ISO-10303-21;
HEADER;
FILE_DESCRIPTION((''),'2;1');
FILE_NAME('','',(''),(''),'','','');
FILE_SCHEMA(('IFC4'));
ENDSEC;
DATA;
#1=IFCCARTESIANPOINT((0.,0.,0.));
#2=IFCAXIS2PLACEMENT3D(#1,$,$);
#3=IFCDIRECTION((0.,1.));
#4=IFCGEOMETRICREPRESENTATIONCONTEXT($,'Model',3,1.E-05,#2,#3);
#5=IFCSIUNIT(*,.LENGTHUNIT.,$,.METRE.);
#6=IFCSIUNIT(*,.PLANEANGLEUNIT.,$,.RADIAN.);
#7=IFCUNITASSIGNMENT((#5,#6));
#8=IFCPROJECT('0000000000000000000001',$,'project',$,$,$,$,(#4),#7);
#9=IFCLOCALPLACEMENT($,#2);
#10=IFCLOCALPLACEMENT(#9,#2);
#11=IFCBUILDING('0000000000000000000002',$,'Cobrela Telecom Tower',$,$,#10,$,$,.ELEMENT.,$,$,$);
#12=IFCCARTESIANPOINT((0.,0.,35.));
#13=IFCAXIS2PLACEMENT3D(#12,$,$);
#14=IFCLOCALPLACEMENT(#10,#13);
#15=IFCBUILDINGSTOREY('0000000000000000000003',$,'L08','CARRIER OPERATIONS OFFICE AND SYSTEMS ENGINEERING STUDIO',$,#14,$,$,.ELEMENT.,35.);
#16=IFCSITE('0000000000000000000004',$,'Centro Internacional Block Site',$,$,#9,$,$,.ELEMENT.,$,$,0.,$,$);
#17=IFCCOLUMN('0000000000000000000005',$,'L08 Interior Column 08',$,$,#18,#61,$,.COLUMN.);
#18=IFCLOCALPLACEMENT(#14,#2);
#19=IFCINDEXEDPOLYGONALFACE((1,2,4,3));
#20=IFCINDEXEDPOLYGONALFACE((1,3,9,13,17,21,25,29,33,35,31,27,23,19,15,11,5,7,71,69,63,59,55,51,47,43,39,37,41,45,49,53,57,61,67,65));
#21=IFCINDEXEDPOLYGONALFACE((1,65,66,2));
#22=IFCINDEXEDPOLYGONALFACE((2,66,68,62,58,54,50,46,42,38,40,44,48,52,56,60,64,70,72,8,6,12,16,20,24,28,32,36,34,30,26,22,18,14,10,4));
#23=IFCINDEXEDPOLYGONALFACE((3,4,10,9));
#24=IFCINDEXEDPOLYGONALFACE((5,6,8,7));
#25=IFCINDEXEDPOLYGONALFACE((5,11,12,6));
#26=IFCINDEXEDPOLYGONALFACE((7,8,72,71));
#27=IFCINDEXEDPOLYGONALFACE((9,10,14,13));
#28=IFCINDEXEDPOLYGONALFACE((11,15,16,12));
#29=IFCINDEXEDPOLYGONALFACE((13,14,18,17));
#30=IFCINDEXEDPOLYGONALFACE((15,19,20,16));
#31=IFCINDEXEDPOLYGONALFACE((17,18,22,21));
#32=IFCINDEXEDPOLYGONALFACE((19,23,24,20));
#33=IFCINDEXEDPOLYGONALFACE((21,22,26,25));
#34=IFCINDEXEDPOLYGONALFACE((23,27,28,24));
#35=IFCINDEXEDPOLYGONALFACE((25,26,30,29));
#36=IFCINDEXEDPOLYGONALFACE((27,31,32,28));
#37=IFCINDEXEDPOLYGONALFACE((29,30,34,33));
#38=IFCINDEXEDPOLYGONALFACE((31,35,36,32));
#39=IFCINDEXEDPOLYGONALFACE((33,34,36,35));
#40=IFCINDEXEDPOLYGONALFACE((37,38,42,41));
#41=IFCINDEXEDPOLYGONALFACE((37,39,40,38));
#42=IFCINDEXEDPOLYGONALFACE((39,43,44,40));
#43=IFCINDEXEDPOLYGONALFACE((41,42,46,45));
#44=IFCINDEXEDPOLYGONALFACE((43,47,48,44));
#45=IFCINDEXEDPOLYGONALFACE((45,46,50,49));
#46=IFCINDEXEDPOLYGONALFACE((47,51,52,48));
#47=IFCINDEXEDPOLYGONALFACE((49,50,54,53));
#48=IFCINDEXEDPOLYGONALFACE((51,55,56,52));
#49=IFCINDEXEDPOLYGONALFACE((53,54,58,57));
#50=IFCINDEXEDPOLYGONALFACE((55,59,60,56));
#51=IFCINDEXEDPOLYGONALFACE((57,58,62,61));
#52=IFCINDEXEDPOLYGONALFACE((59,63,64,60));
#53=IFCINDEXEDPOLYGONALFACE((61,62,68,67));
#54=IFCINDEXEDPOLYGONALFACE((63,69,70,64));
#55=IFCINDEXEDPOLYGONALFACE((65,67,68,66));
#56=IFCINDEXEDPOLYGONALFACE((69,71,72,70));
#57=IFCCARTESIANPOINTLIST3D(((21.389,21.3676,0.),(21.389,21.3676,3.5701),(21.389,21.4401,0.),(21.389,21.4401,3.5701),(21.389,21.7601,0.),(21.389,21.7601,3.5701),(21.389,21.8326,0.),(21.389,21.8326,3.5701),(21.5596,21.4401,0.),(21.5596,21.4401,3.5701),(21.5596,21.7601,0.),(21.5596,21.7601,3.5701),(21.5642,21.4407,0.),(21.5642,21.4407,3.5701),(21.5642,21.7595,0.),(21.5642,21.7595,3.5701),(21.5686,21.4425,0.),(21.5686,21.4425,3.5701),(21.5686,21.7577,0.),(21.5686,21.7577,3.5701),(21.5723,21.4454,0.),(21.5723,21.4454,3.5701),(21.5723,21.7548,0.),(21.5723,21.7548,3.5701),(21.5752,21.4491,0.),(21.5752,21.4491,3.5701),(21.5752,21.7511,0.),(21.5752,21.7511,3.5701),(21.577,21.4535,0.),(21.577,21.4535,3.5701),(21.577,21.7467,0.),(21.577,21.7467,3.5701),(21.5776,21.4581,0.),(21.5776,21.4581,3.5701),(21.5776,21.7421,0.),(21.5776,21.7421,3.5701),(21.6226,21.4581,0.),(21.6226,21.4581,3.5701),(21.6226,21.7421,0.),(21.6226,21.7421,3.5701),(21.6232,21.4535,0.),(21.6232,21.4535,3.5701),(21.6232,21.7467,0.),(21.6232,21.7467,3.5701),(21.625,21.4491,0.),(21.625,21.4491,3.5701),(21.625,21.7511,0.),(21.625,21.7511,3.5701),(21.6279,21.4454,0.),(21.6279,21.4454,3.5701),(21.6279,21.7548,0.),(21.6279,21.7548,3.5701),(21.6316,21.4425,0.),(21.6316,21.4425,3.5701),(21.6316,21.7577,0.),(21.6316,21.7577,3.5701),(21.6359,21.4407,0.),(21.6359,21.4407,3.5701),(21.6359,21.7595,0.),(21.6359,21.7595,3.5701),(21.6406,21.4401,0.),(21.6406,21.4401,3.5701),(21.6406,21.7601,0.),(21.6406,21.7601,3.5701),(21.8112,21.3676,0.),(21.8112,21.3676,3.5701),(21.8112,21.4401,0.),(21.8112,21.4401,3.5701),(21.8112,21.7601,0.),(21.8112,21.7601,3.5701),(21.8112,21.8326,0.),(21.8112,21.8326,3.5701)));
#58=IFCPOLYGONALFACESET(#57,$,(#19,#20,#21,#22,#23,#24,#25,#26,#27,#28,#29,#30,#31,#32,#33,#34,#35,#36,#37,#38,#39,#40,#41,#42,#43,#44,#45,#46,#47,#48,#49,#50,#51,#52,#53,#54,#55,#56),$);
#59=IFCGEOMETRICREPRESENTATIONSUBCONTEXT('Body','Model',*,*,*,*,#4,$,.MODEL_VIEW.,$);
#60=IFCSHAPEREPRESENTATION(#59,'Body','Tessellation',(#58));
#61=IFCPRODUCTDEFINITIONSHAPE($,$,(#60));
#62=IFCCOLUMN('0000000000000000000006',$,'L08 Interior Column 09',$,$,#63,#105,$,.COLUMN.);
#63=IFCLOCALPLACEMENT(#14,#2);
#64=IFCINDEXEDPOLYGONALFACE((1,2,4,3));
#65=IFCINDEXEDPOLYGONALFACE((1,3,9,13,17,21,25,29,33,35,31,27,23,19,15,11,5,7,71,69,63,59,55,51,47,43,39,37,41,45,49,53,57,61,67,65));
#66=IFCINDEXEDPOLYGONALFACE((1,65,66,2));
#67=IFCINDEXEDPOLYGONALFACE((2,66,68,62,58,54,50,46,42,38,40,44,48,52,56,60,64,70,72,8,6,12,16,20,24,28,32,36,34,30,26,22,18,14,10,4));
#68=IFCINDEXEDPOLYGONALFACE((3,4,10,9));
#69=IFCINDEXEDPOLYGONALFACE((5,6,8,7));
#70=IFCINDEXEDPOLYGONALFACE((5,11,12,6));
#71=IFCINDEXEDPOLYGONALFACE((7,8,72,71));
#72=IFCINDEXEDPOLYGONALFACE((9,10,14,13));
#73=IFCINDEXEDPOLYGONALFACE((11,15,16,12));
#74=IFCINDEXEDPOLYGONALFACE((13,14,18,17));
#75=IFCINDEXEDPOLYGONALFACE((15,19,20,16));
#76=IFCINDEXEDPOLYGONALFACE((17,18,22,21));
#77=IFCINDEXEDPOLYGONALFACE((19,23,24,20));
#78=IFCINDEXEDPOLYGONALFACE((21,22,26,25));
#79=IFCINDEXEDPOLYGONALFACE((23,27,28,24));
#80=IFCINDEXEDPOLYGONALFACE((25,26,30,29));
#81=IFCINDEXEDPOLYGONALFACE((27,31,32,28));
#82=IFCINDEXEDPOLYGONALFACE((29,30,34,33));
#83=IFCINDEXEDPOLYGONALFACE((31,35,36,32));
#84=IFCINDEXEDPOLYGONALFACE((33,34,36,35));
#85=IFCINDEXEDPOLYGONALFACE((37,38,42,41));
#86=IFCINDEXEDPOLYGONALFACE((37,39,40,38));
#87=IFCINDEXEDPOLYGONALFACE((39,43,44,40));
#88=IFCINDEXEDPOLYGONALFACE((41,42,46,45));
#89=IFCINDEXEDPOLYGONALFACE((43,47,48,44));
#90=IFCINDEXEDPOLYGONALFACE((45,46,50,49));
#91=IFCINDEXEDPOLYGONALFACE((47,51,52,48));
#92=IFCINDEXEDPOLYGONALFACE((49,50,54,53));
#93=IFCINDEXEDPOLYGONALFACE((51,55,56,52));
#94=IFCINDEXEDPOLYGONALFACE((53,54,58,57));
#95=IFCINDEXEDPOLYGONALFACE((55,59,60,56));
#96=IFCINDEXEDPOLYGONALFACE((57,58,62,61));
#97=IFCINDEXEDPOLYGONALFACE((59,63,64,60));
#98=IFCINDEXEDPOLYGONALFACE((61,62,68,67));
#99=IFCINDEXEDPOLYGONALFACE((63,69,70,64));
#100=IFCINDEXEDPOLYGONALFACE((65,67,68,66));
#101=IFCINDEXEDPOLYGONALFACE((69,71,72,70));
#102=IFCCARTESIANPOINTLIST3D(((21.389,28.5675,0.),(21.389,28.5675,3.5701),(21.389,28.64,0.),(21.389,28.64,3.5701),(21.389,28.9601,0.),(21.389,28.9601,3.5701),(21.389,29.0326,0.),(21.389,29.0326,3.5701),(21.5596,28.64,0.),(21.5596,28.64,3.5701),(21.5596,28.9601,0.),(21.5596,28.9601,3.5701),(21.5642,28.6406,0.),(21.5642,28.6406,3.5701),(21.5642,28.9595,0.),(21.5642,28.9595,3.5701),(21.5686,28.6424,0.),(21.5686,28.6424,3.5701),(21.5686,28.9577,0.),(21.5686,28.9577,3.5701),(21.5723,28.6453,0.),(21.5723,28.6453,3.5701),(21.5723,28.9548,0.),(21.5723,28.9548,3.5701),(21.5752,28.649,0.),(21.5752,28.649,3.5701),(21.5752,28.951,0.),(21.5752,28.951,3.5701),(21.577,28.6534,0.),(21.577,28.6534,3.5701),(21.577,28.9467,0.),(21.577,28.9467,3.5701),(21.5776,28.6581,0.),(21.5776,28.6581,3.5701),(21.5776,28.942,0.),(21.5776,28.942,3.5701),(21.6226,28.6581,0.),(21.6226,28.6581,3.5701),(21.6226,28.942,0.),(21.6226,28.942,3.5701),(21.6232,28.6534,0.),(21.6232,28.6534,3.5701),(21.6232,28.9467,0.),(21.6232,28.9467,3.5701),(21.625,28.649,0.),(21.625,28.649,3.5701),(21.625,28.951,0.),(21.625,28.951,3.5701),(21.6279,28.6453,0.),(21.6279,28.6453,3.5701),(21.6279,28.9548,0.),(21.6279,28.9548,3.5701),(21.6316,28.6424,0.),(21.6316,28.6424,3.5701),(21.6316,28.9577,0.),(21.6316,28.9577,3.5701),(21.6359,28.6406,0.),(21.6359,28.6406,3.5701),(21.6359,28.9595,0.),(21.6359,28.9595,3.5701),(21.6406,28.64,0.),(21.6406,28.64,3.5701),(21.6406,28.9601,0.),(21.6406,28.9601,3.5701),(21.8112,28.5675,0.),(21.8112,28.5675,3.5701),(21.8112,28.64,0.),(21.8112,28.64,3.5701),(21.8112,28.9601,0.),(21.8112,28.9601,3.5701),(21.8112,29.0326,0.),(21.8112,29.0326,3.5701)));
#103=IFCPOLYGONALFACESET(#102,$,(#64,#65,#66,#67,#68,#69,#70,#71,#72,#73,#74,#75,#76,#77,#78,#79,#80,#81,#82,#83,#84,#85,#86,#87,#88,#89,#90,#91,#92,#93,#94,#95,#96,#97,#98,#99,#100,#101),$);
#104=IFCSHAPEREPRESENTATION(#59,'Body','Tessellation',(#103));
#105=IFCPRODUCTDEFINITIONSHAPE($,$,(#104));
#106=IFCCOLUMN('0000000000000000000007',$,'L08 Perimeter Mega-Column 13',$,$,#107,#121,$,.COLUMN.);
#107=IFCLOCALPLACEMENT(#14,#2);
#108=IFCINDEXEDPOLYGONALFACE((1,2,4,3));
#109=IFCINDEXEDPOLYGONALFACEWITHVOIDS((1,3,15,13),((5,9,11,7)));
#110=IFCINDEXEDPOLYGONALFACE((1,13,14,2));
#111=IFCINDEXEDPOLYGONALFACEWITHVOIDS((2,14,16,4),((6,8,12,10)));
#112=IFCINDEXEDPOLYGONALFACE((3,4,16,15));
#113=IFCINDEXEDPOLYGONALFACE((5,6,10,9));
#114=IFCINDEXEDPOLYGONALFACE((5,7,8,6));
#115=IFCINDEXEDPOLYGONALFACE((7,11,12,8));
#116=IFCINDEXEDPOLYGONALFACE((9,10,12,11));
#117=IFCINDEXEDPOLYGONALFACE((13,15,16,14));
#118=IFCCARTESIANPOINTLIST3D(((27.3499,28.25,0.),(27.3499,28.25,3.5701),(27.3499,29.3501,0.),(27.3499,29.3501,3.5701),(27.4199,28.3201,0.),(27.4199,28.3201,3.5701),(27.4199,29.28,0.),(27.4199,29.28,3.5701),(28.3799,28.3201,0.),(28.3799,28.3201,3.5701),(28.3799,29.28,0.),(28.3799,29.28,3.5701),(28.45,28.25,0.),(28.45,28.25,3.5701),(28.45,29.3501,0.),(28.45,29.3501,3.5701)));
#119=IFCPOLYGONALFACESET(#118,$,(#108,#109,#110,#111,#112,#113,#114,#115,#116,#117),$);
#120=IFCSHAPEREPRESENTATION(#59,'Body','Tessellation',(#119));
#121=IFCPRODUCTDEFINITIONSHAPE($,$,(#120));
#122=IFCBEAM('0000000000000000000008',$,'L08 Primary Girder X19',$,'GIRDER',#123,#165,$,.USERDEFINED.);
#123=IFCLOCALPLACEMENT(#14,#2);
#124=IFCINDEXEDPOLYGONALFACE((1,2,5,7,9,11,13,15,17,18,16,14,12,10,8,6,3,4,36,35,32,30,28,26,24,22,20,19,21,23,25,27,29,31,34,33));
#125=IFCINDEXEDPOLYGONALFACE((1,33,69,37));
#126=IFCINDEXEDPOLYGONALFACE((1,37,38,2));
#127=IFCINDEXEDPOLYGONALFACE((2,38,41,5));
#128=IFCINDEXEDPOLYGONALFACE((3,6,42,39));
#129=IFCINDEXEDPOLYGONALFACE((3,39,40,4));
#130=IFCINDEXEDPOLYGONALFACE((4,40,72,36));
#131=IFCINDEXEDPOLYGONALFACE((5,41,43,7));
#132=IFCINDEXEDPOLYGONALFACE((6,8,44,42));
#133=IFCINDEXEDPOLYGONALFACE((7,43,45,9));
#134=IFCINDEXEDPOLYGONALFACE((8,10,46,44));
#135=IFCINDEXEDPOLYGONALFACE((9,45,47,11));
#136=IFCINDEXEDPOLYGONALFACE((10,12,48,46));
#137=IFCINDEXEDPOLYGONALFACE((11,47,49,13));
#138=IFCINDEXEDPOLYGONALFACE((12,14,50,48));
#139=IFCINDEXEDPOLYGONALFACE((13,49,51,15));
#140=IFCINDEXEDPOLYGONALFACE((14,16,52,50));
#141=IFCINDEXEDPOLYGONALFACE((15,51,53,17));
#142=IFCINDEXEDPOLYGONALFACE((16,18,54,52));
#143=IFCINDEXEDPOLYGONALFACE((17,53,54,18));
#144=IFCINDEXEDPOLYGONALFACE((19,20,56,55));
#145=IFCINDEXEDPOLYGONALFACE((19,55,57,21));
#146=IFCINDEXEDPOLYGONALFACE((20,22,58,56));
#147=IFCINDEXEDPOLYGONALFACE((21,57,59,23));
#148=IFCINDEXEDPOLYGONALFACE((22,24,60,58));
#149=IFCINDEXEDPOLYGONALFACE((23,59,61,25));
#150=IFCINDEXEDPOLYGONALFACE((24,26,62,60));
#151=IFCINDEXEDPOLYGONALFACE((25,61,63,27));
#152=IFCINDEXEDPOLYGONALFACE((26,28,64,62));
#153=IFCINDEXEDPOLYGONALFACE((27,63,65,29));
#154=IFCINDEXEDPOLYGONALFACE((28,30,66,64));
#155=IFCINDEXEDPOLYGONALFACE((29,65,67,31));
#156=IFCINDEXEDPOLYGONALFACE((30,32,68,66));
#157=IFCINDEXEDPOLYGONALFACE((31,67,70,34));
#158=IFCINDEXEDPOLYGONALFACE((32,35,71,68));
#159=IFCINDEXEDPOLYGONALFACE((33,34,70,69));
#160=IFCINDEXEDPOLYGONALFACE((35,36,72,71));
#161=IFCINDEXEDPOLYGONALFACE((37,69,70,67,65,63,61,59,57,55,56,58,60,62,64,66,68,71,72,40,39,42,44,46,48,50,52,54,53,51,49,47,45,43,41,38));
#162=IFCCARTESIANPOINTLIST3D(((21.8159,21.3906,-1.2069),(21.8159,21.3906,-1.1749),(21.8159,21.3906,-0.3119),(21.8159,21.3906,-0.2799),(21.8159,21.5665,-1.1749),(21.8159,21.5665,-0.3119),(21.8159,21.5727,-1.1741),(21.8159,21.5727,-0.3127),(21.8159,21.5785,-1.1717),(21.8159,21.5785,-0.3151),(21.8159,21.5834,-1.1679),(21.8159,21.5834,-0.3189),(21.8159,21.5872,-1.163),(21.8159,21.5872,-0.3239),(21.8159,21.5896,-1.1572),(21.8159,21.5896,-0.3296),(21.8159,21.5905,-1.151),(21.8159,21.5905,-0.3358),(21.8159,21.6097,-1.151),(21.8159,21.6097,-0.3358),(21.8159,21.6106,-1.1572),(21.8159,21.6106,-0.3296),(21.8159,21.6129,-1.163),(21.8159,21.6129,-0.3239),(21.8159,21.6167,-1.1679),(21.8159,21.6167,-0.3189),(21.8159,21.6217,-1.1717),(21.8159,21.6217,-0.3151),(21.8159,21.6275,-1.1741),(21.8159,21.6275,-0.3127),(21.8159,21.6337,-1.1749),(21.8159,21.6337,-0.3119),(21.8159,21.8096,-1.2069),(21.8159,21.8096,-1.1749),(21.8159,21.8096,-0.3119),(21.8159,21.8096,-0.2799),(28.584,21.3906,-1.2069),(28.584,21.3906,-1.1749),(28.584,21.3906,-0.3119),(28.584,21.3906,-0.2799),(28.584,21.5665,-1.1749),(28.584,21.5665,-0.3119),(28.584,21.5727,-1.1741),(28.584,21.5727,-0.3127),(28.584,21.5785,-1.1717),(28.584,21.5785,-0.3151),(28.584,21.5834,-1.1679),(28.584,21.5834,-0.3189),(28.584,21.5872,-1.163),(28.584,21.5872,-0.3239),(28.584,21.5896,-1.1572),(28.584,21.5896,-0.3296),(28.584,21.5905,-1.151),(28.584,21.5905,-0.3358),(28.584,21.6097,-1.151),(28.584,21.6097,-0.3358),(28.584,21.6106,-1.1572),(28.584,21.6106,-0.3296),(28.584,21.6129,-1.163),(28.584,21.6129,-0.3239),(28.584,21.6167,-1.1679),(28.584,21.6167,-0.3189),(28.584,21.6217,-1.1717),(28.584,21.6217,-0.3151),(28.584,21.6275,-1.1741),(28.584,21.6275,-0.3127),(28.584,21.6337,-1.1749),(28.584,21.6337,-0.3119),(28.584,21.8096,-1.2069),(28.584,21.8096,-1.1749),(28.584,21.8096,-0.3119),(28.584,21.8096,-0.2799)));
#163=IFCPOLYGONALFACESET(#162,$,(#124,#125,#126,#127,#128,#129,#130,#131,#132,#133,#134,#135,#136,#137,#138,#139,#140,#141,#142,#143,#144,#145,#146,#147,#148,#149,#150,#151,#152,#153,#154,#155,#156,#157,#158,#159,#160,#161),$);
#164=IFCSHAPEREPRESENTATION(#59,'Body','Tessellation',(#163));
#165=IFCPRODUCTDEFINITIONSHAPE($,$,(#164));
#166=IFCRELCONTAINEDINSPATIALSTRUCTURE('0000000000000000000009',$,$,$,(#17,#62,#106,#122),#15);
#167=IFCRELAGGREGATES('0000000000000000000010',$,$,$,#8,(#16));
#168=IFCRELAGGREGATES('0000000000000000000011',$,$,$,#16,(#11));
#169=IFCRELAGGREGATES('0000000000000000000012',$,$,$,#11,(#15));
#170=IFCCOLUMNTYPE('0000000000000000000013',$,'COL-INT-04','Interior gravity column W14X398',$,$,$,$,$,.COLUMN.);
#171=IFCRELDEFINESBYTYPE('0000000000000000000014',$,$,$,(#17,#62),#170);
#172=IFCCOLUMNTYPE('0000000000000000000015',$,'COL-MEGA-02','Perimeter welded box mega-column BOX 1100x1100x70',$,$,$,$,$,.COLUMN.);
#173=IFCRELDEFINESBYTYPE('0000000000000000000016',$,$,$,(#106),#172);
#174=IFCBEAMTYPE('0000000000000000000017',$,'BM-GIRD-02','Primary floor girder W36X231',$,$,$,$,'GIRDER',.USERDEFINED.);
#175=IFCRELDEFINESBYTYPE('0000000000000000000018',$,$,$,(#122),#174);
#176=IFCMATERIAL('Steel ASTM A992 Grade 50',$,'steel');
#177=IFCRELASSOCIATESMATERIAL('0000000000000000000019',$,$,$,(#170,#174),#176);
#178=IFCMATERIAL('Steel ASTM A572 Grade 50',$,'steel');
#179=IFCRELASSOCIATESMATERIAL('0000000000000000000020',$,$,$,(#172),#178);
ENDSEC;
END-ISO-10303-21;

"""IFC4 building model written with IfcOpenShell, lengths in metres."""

from ifc_helpers import new_model, si_unit, direction, frame, origin, origin_2d, place, context, subcontext, project, spatial, hollow_rectangle, i_section, extrude, material, material_profile, profile_set, type_object, element, save


model = new_model("IFC4")

# Units and contexts
model_context = context("Model", 3, precision=1e-05, world=origin(), true_north=direction((0.0, 1.0)))
body_context = subcontext(model_context, "Body", "Model", "MODEL_VIEW")
ifc_project = project(units=[si_unit("LENGTHUNIT", "METRE"), si_unit("PLANEANGLEUNIT", "RADIAN")], contexts=[model_context])

# Site, building, storey
site_placement = place(None, origin())
site = spatial("IfcSite", under=ifc_project, at=site_placement, Name="Centro Internacional Block Site", CompositionType="ELEMENT", RefElevation=0.0)
building_placement = place(site_placement, origin())
building = spatial("IfcBuilding", under=site, at=building_placement, Name="Cobrela Telecom Tower", CompositionType="ELEMENT")
storey_placement = place(building_placement, frame((0.0, 0.0, 35.0)))
storey = spatial("IfcBuildingStorey", under=building, at=storey_placement, Name="L08", Description="CARRIER OPERATIONS OFFICE AND SYSTEMS ENGINEERING STUDIO", CompositionType="ELEMENT", Elevation=35.0)

# Columns
ifc_material_1 = material(Name="Steel ASTM A992 Grade 50", Category="steel")
ifc_material_profile_1 = material_profile(ifc_material_1, i_section(OverallWidth=0.4221, OverallDepth=0.4651, WebThickness=0.0449, FlangeThickness=0.0725, FilletRadius=0.0181, at=origin_2d()), Name="W14X398")
ifc_profile_set_1 = profile_set([ifc_material_profile_1], Name="Steel ASTM A992 Grade 50")
column_type_1 = type_object("IfcColumnType", Name="COL-INT-04", Description="Interior gravity column W14X398", PredefinedType="COLUMN", material=ifc_profile_set_1)
for number, where, z_axis, x_axis, name in (
    (1, (21.6001, 21.6001, 0.0), (0.0, 0.0, 1.0), (1.0, 0.0, 0.0), "L08 Interior Column 08"),
    (2, (21.6001, 28.8, 0.0), (0.0, 0.0, 1.0), (1.0, 0.0, 0.0), "L08 Interior Column 09"),
):
    element("IfcColumn", number, at=place(storey_placement, frame(where, z_axis=z_axis, x_axis=x_axis)), inside=storey, type_object=column_type_1, Name=name, PredefinedType="COLUMN", context=body_context, shape_type="SweptSolid", body=[
        extrude(i_section(OverallWidth=0.4221, OverallDepth=0.4651, WebThickness=0.0449, FlangeThickness=0.0725, FilletRadius=0.0181, at=origin_2d()), origin(), (0.0, 0.0, 1.0), 3.5701),
    ])
ifc_material_2 = material(Name="Steel ASTM A572 Grade 50", Category="steel")
ifc_material_profile_2 = material_profile(ifc_material_2, hollow_rectangle(XDim=1.1001, YDim=1.1001, WallThickness=0.0701, at=origin_2d()), Name="BOX 1100x1100x70")
ifc_profile_set_2 = profile_set([ifc_material_profile_2], Name="Steel ASTM A572 Grade 50")
column_type_2 = type_object("IfcColumnType", Name="COL-MEGA-02", Description="Perimeter welded box mega-column BOX 1100x1100x70", PredefinedType="COLUMN", material=ifc_profile_set_2)
column_placement = place(storey_placement, frame((27.8999, 28.8, 0.0), z_axis=(0.0, 0.0, 1.0), x_axis=(1.0, 0.0, 0.0)))
element("IfcColumn", 3, at=column_placement, inside=storey, type_object=column_type_2, Name="L08 Perimeter Mega-Column 13", PredefinedType="COLUMN", context=body_context, shape_type="SweptSolid", body=[
    extrude(hollow_rectangle(XDim=1.1001, YDim=1.1001, WallThickness=0.0701, at=origin_2d()), origin(), (0.0, 0.0, 1.0), 3.5701),
])

# Beam
ifc_material_profile_3 = material_profile(ifc_material_1, i_section(OverallWidth=0.4189, OverallDepth=0.927, WebThickness=0.0193, FlangeThickness=0.032, FilletRadius=0.0239, at=origin_2d()), Name="W36X231")
ifc_profile_set_3 = profile_set([ifc_material_profile_3], Name="Steel ASTM A992 Grade 50")
beam_type_1 = type_object("IfcBeamType", Name="BM-GIRD-02", Description="Primary floor girder W36X231", ElementType="GIRDER", PredefinedType="USERDEFINED", material=ifc_profile_set_3)
beam_1_placement = place(storey_placement, frame((21.8159, 21.6001, -0.7434), z_axis=(1.0, 0.0, 0.0), x_axis=(0.0, 1.0, 0.0)))
element("IfcBeam", 4, at=beam_1_placement, inside=storey, type_object=beam_type_1, Name="L08 Primary Girder X19", ObjectType="GIRDER", PredefinedType="USERDEFINED", context=body_context, shape_type="SweptSolid", body=[
    extrude(i_section(OverallWidth=0.4189, OverallDepth=0.927, WebThickness=0.0193, FlangeThickness=0.032, FilletRadius=0.0239, at=origin_2d()), origin(), (0.0, 0.0, 1.0), 6.7681),
])

save(model, "model.ifc")
